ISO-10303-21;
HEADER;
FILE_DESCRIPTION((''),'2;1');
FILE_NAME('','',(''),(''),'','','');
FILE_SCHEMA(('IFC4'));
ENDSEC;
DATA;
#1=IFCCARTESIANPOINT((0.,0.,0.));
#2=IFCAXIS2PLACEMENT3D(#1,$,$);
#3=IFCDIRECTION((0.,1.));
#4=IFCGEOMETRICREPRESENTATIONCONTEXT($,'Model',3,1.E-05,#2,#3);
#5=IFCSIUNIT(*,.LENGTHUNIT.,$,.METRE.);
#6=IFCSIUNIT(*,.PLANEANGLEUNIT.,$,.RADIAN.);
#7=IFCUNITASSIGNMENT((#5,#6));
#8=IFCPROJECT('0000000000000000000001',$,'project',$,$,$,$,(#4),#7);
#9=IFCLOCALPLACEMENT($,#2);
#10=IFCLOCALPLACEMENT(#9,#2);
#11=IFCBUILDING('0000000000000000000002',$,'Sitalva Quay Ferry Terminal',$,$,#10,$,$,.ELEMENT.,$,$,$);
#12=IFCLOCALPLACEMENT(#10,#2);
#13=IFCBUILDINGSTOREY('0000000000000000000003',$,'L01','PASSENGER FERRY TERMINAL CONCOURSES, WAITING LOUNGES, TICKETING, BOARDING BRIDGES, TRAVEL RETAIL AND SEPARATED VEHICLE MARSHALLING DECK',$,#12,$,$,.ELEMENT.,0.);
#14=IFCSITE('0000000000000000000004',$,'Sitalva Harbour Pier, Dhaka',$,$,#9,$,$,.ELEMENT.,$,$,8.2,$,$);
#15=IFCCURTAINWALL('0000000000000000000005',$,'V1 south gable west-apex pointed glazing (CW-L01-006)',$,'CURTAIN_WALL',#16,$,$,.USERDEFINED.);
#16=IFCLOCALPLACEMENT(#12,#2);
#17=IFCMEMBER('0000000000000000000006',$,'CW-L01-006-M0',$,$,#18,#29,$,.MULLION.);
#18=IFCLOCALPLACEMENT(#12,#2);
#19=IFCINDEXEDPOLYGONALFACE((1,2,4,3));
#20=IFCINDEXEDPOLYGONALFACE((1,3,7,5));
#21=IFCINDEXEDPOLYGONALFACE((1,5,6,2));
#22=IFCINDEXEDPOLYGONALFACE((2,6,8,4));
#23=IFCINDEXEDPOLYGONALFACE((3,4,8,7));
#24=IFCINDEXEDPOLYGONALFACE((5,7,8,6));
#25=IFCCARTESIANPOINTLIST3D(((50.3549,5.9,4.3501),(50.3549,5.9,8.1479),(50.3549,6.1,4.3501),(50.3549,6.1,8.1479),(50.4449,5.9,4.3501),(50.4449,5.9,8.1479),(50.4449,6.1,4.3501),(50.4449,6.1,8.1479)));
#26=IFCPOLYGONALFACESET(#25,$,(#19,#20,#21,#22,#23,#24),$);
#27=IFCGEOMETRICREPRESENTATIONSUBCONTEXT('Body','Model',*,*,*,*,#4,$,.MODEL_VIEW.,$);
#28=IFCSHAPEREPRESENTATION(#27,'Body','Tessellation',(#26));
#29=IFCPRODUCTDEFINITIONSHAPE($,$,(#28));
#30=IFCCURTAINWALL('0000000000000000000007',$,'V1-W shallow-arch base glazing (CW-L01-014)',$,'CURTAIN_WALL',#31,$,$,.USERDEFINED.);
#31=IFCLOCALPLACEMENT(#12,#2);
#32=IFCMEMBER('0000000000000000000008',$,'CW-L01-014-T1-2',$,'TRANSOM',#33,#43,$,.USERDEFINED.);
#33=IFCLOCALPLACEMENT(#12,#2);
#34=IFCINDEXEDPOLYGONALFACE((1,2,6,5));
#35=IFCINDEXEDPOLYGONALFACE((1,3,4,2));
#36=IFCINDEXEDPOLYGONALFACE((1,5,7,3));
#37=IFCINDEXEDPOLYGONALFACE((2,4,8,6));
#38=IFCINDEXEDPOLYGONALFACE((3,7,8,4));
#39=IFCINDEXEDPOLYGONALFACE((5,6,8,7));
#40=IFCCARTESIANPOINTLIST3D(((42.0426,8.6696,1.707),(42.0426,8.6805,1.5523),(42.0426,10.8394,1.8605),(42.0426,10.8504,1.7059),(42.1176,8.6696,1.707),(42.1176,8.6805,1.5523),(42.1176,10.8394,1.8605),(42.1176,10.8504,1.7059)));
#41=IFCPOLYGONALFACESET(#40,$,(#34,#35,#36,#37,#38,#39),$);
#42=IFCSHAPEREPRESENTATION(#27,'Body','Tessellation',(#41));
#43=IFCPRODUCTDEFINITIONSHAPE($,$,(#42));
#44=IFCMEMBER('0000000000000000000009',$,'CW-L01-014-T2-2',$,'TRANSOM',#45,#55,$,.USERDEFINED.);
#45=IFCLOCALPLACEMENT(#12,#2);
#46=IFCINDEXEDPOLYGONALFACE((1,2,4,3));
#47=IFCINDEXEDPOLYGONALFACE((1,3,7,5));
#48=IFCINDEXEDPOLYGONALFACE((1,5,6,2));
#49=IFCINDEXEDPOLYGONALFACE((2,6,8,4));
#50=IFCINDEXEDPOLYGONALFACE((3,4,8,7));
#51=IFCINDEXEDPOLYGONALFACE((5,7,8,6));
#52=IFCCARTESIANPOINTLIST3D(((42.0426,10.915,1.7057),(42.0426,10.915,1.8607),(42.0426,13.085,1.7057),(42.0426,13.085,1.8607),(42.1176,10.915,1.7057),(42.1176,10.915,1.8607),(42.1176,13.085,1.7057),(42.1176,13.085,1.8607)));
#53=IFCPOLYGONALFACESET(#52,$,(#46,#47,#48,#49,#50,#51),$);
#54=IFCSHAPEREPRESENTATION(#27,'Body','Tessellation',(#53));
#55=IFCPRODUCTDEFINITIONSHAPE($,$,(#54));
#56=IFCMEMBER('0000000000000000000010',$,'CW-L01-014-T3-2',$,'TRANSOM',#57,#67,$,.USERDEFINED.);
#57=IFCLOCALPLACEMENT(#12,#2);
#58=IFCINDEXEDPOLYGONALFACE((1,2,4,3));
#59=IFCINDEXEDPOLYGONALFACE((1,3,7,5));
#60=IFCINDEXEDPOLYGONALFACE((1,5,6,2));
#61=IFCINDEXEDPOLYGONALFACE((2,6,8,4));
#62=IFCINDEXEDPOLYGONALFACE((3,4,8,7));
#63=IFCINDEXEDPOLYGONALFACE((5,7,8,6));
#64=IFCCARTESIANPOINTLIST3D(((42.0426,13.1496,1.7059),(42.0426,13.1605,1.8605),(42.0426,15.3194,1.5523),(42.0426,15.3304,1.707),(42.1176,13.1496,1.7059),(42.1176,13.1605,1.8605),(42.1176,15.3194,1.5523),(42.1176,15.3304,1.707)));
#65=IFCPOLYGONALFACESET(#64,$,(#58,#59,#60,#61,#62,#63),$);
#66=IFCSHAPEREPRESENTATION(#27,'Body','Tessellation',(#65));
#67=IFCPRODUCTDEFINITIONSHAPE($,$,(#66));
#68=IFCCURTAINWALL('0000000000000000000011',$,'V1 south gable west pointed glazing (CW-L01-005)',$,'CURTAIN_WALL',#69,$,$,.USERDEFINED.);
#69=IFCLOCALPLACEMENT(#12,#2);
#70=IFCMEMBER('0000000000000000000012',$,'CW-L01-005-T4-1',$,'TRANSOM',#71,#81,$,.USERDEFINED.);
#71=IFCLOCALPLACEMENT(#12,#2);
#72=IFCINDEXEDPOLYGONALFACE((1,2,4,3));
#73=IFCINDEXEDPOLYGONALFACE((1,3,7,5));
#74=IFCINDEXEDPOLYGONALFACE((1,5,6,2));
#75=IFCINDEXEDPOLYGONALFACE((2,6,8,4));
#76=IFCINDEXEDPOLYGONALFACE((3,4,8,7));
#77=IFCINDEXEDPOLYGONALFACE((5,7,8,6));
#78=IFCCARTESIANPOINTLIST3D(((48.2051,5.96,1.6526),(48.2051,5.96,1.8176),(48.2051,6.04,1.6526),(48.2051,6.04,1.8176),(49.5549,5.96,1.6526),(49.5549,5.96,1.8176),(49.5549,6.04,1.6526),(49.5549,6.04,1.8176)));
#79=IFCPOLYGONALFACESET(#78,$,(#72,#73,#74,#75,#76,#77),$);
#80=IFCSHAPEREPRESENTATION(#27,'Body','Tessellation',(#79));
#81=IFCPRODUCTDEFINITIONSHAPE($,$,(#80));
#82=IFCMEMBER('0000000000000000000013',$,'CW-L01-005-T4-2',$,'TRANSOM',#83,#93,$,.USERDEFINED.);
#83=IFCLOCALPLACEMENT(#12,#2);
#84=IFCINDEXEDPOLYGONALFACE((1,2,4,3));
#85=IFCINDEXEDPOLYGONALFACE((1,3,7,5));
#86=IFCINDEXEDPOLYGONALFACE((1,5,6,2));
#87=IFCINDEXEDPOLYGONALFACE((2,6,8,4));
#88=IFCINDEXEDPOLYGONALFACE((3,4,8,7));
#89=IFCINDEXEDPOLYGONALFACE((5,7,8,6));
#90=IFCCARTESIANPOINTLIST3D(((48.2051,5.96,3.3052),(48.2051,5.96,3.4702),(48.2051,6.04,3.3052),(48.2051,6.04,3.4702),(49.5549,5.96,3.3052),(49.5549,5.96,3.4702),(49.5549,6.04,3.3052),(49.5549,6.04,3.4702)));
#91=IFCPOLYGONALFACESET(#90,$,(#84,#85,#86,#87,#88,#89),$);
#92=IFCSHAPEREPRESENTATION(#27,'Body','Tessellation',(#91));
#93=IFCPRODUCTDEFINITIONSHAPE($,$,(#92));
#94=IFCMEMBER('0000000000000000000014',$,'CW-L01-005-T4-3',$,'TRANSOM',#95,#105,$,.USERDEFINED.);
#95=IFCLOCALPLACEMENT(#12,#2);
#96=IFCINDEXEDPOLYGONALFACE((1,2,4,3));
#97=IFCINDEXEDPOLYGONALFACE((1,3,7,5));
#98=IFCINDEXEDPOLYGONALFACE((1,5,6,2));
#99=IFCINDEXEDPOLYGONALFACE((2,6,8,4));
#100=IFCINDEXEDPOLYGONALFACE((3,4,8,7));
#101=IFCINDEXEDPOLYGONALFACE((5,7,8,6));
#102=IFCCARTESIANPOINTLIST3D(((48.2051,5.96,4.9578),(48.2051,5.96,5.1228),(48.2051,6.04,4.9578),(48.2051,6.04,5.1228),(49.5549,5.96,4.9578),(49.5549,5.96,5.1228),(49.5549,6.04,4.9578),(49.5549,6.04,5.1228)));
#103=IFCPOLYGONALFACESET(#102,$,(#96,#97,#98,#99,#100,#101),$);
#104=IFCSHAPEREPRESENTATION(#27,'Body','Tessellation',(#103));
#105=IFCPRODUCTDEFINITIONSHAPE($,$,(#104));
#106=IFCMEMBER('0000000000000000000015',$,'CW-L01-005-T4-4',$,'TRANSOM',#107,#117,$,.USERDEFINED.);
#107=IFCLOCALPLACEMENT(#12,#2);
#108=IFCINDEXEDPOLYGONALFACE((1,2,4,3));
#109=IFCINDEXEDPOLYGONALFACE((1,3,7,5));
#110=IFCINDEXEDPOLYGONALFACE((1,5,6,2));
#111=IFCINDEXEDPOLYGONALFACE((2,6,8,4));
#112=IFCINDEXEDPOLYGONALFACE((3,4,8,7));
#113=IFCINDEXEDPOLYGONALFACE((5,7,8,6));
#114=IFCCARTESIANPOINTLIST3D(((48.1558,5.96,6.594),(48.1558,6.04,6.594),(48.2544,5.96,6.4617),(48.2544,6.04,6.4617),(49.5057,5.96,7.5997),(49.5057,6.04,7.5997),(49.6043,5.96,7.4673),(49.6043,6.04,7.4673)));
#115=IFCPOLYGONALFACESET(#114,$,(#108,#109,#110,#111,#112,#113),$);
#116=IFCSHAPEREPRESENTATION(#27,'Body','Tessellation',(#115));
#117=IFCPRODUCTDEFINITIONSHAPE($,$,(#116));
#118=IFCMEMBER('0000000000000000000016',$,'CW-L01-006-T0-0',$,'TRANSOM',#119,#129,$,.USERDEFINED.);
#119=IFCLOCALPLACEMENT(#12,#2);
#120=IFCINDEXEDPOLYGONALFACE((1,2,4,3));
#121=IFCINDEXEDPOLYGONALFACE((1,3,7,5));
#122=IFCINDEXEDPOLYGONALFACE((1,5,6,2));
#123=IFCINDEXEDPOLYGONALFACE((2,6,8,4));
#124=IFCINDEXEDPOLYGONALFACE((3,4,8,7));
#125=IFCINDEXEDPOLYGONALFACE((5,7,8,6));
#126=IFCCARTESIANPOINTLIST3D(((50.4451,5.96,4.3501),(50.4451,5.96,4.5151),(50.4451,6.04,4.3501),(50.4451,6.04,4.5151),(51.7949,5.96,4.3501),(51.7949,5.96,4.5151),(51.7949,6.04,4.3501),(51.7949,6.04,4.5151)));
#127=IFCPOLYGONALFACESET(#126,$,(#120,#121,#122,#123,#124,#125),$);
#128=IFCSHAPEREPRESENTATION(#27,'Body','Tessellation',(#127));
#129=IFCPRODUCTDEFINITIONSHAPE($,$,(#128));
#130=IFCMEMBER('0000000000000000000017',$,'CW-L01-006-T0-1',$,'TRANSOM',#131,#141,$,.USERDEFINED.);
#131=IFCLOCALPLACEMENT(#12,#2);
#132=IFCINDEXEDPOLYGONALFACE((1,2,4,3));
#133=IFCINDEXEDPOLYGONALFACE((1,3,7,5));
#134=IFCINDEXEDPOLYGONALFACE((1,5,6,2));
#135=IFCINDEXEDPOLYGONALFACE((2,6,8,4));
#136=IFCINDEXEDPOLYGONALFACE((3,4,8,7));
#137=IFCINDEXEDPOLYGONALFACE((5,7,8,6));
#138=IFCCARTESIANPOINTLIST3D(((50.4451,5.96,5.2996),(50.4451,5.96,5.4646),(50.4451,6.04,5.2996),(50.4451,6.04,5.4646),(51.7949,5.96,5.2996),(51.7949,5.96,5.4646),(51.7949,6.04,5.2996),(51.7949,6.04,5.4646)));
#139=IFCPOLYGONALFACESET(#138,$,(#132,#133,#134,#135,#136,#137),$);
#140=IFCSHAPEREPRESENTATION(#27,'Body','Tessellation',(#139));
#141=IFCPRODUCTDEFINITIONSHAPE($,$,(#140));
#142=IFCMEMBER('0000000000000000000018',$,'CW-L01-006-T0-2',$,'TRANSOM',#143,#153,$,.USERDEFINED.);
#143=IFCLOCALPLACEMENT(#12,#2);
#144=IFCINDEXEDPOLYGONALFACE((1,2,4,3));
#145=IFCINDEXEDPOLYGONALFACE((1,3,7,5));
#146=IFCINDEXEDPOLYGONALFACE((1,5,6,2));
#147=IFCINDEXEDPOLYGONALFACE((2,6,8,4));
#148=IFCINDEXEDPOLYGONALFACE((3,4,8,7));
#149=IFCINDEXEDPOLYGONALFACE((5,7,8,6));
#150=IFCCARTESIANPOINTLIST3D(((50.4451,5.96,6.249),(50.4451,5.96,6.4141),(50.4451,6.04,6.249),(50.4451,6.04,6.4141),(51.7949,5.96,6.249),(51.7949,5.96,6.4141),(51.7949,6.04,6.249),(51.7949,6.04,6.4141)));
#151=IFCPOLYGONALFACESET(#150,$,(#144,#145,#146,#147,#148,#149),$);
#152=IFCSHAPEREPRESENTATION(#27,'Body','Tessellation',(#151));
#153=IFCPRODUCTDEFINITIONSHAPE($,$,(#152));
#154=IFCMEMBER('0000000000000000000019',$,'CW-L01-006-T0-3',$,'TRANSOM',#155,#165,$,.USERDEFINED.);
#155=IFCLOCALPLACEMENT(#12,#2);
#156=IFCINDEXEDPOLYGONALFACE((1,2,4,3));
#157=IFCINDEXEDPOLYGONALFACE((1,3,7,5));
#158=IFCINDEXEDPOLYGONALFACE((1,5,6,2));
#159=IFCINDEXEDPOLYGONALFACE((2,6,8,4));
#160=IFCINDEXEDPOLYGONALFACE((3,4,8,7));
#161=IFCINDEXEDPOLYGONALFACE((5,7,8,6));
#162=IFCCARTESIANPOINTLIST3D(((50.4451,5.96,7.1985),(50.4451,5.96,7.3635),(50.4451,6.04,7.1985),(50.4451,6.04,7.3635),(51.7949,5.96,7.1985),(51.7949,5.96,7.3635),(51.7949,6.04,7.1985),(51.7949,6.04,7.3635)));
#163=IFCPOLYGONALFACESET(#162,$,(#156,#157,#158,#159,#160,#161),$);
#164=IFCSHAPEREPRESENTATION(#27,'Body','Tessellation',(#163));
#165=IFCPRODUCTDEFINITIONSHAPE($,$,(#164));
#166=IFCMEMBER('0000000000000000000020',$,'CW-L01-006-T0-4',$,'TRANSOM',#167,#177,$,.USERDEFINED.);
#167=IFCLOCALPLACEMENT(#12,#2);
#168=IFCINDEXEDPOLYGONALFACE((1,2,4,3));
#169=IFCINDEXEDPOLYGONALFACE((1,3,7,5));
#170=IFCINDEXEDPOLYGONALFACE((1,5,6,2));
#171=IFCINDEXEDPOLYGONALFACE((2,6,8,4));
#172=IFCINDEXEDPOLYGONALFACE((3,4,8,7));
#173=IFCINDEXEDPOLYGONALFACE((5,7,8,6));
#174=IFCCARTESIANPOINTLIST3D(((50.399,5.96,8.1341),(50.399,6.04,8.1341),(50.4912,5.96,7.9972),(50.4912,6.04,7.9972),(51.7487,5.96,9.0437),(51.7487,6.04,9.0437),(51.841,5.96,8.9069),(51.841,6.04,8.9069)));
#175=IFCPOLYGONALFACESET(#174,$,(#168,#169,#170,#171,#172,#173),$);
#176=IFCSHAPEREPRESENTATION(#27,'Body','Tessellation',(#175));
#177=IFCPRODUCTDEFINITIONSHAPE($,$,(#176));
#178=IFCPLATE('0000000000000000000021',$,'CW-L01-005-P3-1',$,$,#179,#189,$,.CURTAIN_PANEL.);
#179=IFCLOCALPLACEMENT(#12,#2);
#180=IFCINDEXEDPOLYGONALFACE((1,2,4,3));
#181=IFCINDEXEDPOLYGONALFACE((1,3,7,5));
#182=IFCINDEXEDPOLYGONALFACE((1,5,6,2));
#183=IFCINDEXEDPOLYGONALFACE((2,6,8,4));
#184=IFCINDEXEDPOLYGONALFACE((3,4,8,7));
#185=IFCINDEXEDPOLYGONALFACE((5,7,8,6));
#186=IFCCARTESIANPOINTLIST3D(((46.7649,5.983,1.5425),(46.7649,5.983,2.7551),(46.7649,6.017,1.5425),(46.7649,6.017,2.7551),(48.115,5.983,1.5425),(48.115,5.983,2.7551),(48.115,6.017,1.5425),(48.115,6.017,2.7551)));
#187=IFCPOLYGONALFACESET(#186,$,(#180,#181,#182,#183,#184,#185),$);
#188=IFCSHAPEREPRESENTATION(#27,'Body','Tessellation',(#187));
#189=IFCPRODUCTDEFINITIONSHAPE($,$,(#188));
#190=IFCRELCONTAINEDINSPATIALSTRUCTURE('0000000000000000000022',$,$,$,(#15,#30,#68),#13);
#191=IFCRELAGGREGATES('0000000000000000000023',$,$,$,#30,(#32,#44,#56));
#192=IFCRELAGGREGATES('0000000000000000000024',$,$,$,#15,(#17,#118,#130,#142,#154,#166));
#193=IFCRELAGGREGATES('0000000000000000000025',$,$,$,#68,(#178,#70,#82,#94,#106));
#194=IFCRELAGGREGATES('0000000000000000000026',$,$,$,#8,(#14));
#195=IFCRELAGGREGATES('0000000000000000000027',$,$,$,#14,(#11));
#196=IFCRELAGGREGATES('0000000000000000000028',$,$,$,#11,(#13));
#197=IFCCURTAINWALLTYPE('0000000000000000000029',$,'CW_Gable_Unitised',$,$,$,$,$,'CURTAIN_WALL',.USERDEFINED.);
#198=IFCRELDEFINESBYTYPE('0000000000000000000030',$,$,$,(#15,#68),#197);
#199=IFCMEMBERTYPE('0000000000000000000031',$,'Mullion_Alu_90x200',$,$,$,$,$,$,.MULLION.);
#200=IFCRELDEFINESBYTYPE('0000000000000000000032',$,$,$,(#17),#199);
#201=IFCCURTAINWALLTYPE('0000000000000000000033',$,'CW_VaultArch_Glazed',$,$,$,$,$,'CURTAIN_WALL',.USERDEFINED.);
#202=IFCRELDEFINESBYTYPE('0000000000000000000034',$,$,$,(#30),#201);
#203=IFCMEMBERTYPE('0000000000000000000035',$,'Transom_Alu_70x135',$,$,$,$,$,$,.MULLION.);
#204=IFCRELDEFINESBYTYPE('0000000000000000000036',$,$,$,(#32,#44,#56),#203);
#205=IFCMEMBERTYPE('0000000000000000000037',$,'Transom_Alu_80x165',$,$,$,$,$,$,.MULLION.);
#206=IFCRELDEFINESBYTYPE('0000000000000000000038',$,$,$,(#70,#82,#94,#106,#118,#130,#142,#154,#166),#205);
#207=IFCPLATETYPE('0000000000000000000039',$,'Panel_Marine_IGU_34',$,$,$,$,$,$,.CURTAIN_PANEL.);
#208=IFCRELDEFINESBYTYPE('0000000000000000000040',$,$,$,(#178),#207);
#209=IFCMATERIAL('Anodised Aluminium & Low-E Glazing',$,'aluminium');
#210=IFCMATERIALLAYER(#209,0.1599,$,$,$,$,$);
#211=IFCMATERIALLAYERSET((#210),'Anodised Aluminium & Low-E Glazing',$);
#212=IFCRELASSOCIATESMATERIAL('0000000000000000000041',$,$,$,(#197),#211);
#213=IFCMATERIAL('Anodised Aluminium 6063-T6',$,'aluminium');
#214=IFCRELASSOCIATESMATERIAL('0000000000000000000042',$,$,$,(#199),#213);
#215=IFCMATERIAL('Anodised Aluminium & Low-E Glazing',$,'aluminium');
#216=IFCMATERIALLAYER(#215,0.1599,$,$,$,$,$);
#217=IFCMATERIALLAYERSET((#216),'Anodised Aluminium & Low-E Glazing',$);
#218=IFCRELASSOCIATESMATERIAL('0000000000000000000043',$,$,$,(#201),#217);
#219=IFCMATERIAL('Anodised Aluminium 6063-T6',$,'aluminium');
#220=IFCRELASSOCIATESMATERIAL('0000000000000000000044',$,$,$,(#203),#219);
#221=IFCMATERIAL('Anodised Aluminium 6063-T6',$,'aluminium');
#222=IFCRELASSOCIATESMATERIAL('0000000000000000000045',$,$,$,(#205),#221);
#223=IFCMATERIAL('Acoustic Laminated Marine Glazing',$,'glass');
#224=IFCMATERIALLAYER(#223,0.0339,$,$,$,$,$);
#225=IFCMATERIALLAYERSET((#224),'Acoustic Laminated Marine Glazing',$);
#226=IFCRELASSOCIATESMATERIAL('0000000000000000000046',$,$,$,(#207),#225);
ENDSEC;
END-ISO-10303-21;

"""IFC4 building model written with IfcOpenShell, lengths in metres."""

from ifc_helpers import new_model, si_unit, direction, frame, origin, origin_2d, place, context, subcontext, project, spatial, rectangle, extrude, material, layer, layer_set, material_profile, profile_set, type_object, element, aggregate, save


model = new_model("IFC4")

# Units and contexts
model_context = context("Model", 3, precision=1e-05, world=origin(), true_north=direction((0.0, 1.0)))
body_context = subcontext(model_context, "Body", "Model", "MODEL_VIEW")
ifc_project = project(units=[si_unit("LENGTHUNIT", "METRE"), si_unit("PLANEANGLEUNIT", "RADIAN")], contexts=[model_context])

# Site, building, storey
site_placement = place(None, origin())
site = spatial("IfcSite", under=ifc_project, at=site_placement, Name="Sitalva Harbour Pier, Dhaka", CompositionType="ELEMENT", RefElevation=8.2)
building_placement = place(site_placement, origin())
building = spatial("IfcBuilding", under=site, at=building_placement, Name="Sitalva Quay Ferry Terminal", CompositionType="ELEMENT")
storey_placement = place(building_placement, origin())
storey = spatial("IfcBuildingStorey", under=building, at=storey_placement, Name="L01", Description="PASSENGER FERRY TERMINAL CONCOURSES, WAITING LOUNGES, TICKETING, BOARDING BRIDGES, TRAVEL RETAIL AND SEPARATED VEHICLE MARSHALLING DECK", CompositionType="ELEMENT", Elevation=0.0)

# Curtain wall, member
ifc_material_1 = material(Name="Anodised Aluminium & Low-E Glazing", Category="aluminium")
ifc_layer_1 = layer(ifc_material_1, 0.1599)
ifc_layer_set_1 = layer_set([ifc_layer_1], Name="Anodised Aluminium & Low-E Glazing")
curtain_wall_type_1 = type_object("IfcCurtainWallType", Name="CW_Gable_Unitised", ElementType="CURTAIN_WALL", PredefinedType="USERDEFINED", material=ifc_layer_set_1)
curtain_wall_1_placement = place(storey_placement, origin())
curtain_wall_1 = element("IfcCurtainWall", 1, at=curtain_wall_1_placement, inside=storey, type_object=curtain_wall_type_1, Name="V1 south gable west-apex pointed glazing (CW-L01-006)", ObjectType="CURTAIN_WALL", PredefinedType="USERDEFINED")
ifc_material_2 = material(Name="Anodised Aluminium 6063-T6", Category="aluminium")
ifc_material_profile_1 = material_profile(ifc_material_2, rectangle(XDim=0.0901, YDim=0.2, at=origin_2d()), Name="ALU90x200")
ifc_profile_set_1 = profile_set([ifc_material_profile_1], Name="Anodised Aluminium 6063-T6")
member_type_1 = type_object("IfcMemberType", Name="Mullion_Alu_90x200", PredefinedType="MULLION", material=ifc_profile_set_1)
member_1_placement = place(storey_placement, frame((50.3999, 6.0, 4.3501), z_axis=(0.0, 0.0, 1.0), x_axis=(1.0, 0.0, 0.0)))
member_1 = element("IfcMember", 2, at=member_1_placement, type_object=member_type_1, Name="CW-L01-006-M0", PredefinedType="MULLION", context=body_context, shape_type="SweptSolid", body=[
    extrude(rectangle(XDim=0.0901, YDim=0.2, at=origin_2d()), origin(), (0.0, 0.0, 1.0), 3.7979),
])

# Curtain walls, members
ifc_material_3 = material(Name="Anodised Aluminium & Low-E Glazing", Category="aluminium")
ifc_layer_2 = layer(ifc_material_3, 0.1599)
ifc_layer_set_2 = layer_set([ifc_layer_2], Name="Anodised Aluminium & Low-E Glazing")
curtain_wall_type_2 = type_object("IfcCurtainWallType", Name="CW_VaultArch_Glazed", ElementType="CURTAIN_WALL", PredefinedType="USERDEFINED", material=ifc_layer_set_2)
curtain_wall_2_placement = place(storey_placement, origin())
curtain_wall_2 = element("IfcCurtainWall", 3, at=curtain_wall_2_placement, inside=storey, type_object=curtain_wall_type_2, Name="V1-W shallow-arch base glazing (CW-L01-014)", ObjectType="CURTAIN_WALL", PredefinedType="USERDEFINED")
ifc_material_4 = material(Name="Anodised Aluminium 6063-T6", Category="aluminium")
ifc_material_profile_2 = material_profile(ifc_material_4, rectangle(XDim=0.075, YDim=0.155, at=origin_2d()), Name="ALU75x155")
ifc_profile_set_2 = profile_set([ifc_material_profile_2], Name="Anodised Aluminium 6063-T6")
member_type_2 = type_object("IfcMemberType", Name="Transom_Alu_70x135", PredefinedType="MULLION", material=ifc_profile_set_2)
member_2_placement = place(storey_placement, frame((42.0801, 8.675, 1.6296), z_axis=(0.0, 0.997505, 0.070593), x_axis=(-1.0, 0.0, 0.0)))
member_2 = element("IfcMember", 4, at=member_2_placement, type_object=member_type_2, Name="CW-L01-014-T1-2", ObjectType="TRANSOM", PredefinedType="USERDEFINED", context=body_context, shape_type="SweptSolid", body=[
    extrude(rectangle(XDim=0.075, YDim=0.155, at=origin_2d()), origin(), (0.0, 0.0, 1.0), 2.1753),
])
member_3_placement = place(storey_placement, frame((42.0801, 10.915, 1.7832), z_axis=(0.0, 1.0, 0.0), x_axis=(-1.0, 0.0, 0.0)))
member_3 = element("IfcMember", 5, at=member_3_placement, type_object=member_type_2, Name="CW-L01-014-T2-2", ObjectType="TRANSOM", PredefinedType="USERDEFINED", context=body_context, shape_type="SweptSolid", body=[
    extrude(rectangle(XDim=0.075, YDim=0.155, at=origin_2d()), origin(), (0.0, 0.0, 1.0), 2.1699),
])
member_4_placement = place(storey_placement, frame((42.0801, 13.155, 1.7832), z_axis=(0.0, 0.997505, -0.070593), x_axis=(-1.0, 0.0, 0.0)))
member_4 = element("IfcMember", 6, at=member_4_placement, type_object=member_type_2, Name="CW-L01-014-T3-2", ObjectType="TRANSOM", PredefinedType="USERDEFINED", context=body_context, shape_type="SweptSolid", body=[
    extrude(rectangle(XDim=0.075, YDim=0.155, at=origin_2d()), origin(), (0.0, 0.0, 1.0), 2.1753),
])
aggregate(curtain_wall_2, [member_2, member_3, member_4])
curtain_wall_3_placement = place(storey_placement, origin())
curtain_wall_3 = element("IfcCurtainWall", 7, at=curtain_wall_3_placement, inside=storey, type_object=curtain_wall_type_1, Name="V1 south gable west pointed glazing (CW-L01-005)", ObjectType="CURTAIN_WALL", PredefinedType="USERDEFINED")
ifc_material_5 = material(Name="Anodised Aluminium 6063-T6", Category="aluminium")
ifc_material_profile_3 = material_profile(ifc_material_5, rectangle(XDim=0.0801, YDim=0.165, at=origin_2d()), Name="ALU80x165")
ifc_profile_set_3 = profile_set([ifc_material_profile_3], Name="Anodised Aluminium 6063-T6")
member_type_3 = type_object("IfcMemberType", Name="Transom_Alu_80x165", PredefinedType="MULLION", material=ifc_profile_set_3)
member_5_placement = place(storey_placement, frame((48.2051, 6.0, 1.7351), z_axis=(1.0, 0.0, 0.0), x_axis=(0.0, 1.0, 0.0)))
member_5 = element("IfcMember", 8, at=member_5_placement, type_object=member_type_3, Name="CW-L01-005-T4-1", ObjectType="TRANSOM", PredefinedType="USERDEFINED", context=body_context, shape_type="SweptSolid", body=[
    extrude(rectangle(XDim=0.0801, YDim=0.165, at=origin_2d()), origin(), (0.0, 0.0, 1.0), 1.3499),
])
member_6_placement = place(storey_placement, frame((48.2051, 6.0, 3.3877), z_axis=(1.0, 0.0, 0.0), x_axis=(0.0, 1.0, 0.0)))
member_6 = element("IfcMember", 9, at=member_6_placement, type_object=member_type_3, Name="CW-L01-005-T4-2", ObjectType="TRANSOM", PredefinedType="USERDEFINED", context=body_context, shape_type="SweptSolid", body=[
    extrude(rectangle(XDim=0.0801, YDim=0.165, at=origin_2d()), origin(), (0.0, 0.0, 1.0), 1.3499),
])
member_7_placement = place(storey_placement, frame((48.2051, 6.0, 5.0403), z_axis=(1.0, 0.0, 0.0), x_axis=(0.0, 1.0, 0.0)))
member_7 = element("IfcMember", 10, at=member_7_placement, type_object=member_type_3, Name="CW-L01-005-T4-3", ObjectType="TRANSOM", PredefinedType="USERDEFINED", context=body_context, shape_type="SweptSolid", body=[
    extrude(rectangle(XDim=0.0801, YDim=0.165, at=origin_2d()), origin(), (0.0, 0.0, 1.0), 1.3499),
])
member_8_placement = place(storey_placement, frame((48.2051, 6.0, 6.5278), z_axis=(0.801928, 0.0, 0.597421), x_axis=(0.0, 1.0, 0.0)))
member_8 = element("IfcMember", 11, at=member_8_placement, type_object=member_type_3, Name="CW-L01-005-T4-4", ObjectType="TRANSOM", PredefinedType="USERDEFINED", context=body_context, shape_type="SweptSolid", body=[
    extrude(rectangle(XDim=0.0801, YDim=0.165, at=origin_2d()), origin(), (0.0, 0.0, 1.0), 1.6833),
])

# Members
member_9_placement = place(storey_placement, frame((50.4451, 6.0, 4.4326), z_axis=(1.0, 0.0, 0.0), x_axis=(0.0, 1.0, 0.0)))
member_9 = element("IfcMember", 12, at=member_9_placement, type_object=member_type_3, Name="CW-L01-006-T0-0", ObjectType="TRANSOM", PredefinedType="USERDEFINED", context=body_context, shape_type="SweptSolid", body=[
    extrude(rectangle(XDim=0.0801, YDim=0.165, at=origin_2d()), origin(), (0.0, 0.0, 1.0), 1.3499),
])
member_10_placement = place(storey_placement, frame((50.4451, 6.0, 5.3821), z_axis=(1.0, 0.0, 0.0), x_axis=(0.0, 1.0, 0.0)))
member_10 = element("IfcMember", 13, at=member_10_placement, type_object=member_type_3, Name="CW-L01-006-T0-1", ObjectType="TRANSOM", PredefinedType="USERDEFINED", context=body_context, shape_type="SweptSolid", body=[
    extrude(rectangle(XDim=0.0801, YDim=0.165, at=origin_2d()), origin(), (0.0, 0.0, 1.0), 1.3499),
])
member_11_placement = place(storey_placement, frame((50.4451, 6.0, 6.3315), z_axis=(1.0, 0.0, 0.0), x_axis=(0.0, 1.0, 0.0)))
member_11 = element("IfcMember", 14, at=member_11_placement, type_object=member_type_3, Name="CW-L01-006-T0-2", ObjectType="TRANSOM", PredefinedType="USERDEFINED", context=body_context, shape_type="SweptSolid", body=[
    extrude(rectangle(XDim=0.0801, YDim=0.165, at=origin_2d()), origin(), (0.0, 0.0, 1.0), 1.3499),
])
member_12_placement = place(storey_placement, frame((50.4451, 6.0, 7.281), z_axis=(1.0, 0.0, 0.0), x_axis=(0.0, 1.0, 0.0)))
member_12 = element("IfcMember", 15, at=member_12_placement, type_object=member_type_3, Name="CW-L01-006-T0-3", ObjectType="TRANSOM", PredefinedType="USERDEFINED", context=body_context, shape_type="SweptSolid", body=[
    extrude(rectangle(XDim=0.0801, YDim=0.165, at=origin_2d()), origin(), (0.0, 0.0, 1.0), 1.3499),
])
member_13_placement = place(storey_placement, frame((50.4451, 6.0, 8.0657), z_axis=(0.829271, 0.0, 0.558847), x_axis=(0.0, 1.0, 0.0)))
member_13 = element("IfcMember", 16, at=member_13_placement, type_object=member_type_3, Name="CW-L01-006-T0-4", ObjectType="TRANSOM", PredefinedType="USERDEFINED", context=body_context, shape_type="SweptSolid", body=[
    extrude(rectangle(XDim=0.0801, YDim=0.165, at=origin_2d()), origin(), (0.0, 0.0, 1.0), 1.6277),
])
aggregate(curtain_wall_1, [member_1, member_9, member_10, member_11, member_12, member_13])

# Plate
ifc_material_6 = material(Name="Acoustic Laminated Marine Glazing", Category="glass")
ifc_layer_3 = layer(ifc_material_6, 0.0339)
ifc_layer_set_3 = layer_set([ifc_layer_3], Name="Acoustic Laminated Marine Glazing")
plate_type = type_object("IfcPlateType", Name="Panel_Marine_IGU_34", PredefinedType="CURTAIN_PANEL", material=ifc_layer_set_3)
plate_1_placement = place(storey_placement, frame((47.4399, 6.0, 1.5425), z_axis=(0.0, 0.0, 1.0), x_axis=(1.0, 0.0, 0.0)))
plate_1 = element("IfcPlate", 17, at=plate_1_placement, type_object=plate_type, Name="CW-L01-005-P3-1", PredefinedType="CURTAIN_PANEL", context=body_context, shape_type="SweptSolid", body=[
    extrude(rectangle(XDim=1.3501, YDim=0.0339, at=origin_2d()), origin(), (0.0, 0.0, 1.0), 1.2126),
])
aggregate(curtain_wall_3, [plate_1, member_5, member_6, member_7, member_8])

save(model, "model.ifc")
